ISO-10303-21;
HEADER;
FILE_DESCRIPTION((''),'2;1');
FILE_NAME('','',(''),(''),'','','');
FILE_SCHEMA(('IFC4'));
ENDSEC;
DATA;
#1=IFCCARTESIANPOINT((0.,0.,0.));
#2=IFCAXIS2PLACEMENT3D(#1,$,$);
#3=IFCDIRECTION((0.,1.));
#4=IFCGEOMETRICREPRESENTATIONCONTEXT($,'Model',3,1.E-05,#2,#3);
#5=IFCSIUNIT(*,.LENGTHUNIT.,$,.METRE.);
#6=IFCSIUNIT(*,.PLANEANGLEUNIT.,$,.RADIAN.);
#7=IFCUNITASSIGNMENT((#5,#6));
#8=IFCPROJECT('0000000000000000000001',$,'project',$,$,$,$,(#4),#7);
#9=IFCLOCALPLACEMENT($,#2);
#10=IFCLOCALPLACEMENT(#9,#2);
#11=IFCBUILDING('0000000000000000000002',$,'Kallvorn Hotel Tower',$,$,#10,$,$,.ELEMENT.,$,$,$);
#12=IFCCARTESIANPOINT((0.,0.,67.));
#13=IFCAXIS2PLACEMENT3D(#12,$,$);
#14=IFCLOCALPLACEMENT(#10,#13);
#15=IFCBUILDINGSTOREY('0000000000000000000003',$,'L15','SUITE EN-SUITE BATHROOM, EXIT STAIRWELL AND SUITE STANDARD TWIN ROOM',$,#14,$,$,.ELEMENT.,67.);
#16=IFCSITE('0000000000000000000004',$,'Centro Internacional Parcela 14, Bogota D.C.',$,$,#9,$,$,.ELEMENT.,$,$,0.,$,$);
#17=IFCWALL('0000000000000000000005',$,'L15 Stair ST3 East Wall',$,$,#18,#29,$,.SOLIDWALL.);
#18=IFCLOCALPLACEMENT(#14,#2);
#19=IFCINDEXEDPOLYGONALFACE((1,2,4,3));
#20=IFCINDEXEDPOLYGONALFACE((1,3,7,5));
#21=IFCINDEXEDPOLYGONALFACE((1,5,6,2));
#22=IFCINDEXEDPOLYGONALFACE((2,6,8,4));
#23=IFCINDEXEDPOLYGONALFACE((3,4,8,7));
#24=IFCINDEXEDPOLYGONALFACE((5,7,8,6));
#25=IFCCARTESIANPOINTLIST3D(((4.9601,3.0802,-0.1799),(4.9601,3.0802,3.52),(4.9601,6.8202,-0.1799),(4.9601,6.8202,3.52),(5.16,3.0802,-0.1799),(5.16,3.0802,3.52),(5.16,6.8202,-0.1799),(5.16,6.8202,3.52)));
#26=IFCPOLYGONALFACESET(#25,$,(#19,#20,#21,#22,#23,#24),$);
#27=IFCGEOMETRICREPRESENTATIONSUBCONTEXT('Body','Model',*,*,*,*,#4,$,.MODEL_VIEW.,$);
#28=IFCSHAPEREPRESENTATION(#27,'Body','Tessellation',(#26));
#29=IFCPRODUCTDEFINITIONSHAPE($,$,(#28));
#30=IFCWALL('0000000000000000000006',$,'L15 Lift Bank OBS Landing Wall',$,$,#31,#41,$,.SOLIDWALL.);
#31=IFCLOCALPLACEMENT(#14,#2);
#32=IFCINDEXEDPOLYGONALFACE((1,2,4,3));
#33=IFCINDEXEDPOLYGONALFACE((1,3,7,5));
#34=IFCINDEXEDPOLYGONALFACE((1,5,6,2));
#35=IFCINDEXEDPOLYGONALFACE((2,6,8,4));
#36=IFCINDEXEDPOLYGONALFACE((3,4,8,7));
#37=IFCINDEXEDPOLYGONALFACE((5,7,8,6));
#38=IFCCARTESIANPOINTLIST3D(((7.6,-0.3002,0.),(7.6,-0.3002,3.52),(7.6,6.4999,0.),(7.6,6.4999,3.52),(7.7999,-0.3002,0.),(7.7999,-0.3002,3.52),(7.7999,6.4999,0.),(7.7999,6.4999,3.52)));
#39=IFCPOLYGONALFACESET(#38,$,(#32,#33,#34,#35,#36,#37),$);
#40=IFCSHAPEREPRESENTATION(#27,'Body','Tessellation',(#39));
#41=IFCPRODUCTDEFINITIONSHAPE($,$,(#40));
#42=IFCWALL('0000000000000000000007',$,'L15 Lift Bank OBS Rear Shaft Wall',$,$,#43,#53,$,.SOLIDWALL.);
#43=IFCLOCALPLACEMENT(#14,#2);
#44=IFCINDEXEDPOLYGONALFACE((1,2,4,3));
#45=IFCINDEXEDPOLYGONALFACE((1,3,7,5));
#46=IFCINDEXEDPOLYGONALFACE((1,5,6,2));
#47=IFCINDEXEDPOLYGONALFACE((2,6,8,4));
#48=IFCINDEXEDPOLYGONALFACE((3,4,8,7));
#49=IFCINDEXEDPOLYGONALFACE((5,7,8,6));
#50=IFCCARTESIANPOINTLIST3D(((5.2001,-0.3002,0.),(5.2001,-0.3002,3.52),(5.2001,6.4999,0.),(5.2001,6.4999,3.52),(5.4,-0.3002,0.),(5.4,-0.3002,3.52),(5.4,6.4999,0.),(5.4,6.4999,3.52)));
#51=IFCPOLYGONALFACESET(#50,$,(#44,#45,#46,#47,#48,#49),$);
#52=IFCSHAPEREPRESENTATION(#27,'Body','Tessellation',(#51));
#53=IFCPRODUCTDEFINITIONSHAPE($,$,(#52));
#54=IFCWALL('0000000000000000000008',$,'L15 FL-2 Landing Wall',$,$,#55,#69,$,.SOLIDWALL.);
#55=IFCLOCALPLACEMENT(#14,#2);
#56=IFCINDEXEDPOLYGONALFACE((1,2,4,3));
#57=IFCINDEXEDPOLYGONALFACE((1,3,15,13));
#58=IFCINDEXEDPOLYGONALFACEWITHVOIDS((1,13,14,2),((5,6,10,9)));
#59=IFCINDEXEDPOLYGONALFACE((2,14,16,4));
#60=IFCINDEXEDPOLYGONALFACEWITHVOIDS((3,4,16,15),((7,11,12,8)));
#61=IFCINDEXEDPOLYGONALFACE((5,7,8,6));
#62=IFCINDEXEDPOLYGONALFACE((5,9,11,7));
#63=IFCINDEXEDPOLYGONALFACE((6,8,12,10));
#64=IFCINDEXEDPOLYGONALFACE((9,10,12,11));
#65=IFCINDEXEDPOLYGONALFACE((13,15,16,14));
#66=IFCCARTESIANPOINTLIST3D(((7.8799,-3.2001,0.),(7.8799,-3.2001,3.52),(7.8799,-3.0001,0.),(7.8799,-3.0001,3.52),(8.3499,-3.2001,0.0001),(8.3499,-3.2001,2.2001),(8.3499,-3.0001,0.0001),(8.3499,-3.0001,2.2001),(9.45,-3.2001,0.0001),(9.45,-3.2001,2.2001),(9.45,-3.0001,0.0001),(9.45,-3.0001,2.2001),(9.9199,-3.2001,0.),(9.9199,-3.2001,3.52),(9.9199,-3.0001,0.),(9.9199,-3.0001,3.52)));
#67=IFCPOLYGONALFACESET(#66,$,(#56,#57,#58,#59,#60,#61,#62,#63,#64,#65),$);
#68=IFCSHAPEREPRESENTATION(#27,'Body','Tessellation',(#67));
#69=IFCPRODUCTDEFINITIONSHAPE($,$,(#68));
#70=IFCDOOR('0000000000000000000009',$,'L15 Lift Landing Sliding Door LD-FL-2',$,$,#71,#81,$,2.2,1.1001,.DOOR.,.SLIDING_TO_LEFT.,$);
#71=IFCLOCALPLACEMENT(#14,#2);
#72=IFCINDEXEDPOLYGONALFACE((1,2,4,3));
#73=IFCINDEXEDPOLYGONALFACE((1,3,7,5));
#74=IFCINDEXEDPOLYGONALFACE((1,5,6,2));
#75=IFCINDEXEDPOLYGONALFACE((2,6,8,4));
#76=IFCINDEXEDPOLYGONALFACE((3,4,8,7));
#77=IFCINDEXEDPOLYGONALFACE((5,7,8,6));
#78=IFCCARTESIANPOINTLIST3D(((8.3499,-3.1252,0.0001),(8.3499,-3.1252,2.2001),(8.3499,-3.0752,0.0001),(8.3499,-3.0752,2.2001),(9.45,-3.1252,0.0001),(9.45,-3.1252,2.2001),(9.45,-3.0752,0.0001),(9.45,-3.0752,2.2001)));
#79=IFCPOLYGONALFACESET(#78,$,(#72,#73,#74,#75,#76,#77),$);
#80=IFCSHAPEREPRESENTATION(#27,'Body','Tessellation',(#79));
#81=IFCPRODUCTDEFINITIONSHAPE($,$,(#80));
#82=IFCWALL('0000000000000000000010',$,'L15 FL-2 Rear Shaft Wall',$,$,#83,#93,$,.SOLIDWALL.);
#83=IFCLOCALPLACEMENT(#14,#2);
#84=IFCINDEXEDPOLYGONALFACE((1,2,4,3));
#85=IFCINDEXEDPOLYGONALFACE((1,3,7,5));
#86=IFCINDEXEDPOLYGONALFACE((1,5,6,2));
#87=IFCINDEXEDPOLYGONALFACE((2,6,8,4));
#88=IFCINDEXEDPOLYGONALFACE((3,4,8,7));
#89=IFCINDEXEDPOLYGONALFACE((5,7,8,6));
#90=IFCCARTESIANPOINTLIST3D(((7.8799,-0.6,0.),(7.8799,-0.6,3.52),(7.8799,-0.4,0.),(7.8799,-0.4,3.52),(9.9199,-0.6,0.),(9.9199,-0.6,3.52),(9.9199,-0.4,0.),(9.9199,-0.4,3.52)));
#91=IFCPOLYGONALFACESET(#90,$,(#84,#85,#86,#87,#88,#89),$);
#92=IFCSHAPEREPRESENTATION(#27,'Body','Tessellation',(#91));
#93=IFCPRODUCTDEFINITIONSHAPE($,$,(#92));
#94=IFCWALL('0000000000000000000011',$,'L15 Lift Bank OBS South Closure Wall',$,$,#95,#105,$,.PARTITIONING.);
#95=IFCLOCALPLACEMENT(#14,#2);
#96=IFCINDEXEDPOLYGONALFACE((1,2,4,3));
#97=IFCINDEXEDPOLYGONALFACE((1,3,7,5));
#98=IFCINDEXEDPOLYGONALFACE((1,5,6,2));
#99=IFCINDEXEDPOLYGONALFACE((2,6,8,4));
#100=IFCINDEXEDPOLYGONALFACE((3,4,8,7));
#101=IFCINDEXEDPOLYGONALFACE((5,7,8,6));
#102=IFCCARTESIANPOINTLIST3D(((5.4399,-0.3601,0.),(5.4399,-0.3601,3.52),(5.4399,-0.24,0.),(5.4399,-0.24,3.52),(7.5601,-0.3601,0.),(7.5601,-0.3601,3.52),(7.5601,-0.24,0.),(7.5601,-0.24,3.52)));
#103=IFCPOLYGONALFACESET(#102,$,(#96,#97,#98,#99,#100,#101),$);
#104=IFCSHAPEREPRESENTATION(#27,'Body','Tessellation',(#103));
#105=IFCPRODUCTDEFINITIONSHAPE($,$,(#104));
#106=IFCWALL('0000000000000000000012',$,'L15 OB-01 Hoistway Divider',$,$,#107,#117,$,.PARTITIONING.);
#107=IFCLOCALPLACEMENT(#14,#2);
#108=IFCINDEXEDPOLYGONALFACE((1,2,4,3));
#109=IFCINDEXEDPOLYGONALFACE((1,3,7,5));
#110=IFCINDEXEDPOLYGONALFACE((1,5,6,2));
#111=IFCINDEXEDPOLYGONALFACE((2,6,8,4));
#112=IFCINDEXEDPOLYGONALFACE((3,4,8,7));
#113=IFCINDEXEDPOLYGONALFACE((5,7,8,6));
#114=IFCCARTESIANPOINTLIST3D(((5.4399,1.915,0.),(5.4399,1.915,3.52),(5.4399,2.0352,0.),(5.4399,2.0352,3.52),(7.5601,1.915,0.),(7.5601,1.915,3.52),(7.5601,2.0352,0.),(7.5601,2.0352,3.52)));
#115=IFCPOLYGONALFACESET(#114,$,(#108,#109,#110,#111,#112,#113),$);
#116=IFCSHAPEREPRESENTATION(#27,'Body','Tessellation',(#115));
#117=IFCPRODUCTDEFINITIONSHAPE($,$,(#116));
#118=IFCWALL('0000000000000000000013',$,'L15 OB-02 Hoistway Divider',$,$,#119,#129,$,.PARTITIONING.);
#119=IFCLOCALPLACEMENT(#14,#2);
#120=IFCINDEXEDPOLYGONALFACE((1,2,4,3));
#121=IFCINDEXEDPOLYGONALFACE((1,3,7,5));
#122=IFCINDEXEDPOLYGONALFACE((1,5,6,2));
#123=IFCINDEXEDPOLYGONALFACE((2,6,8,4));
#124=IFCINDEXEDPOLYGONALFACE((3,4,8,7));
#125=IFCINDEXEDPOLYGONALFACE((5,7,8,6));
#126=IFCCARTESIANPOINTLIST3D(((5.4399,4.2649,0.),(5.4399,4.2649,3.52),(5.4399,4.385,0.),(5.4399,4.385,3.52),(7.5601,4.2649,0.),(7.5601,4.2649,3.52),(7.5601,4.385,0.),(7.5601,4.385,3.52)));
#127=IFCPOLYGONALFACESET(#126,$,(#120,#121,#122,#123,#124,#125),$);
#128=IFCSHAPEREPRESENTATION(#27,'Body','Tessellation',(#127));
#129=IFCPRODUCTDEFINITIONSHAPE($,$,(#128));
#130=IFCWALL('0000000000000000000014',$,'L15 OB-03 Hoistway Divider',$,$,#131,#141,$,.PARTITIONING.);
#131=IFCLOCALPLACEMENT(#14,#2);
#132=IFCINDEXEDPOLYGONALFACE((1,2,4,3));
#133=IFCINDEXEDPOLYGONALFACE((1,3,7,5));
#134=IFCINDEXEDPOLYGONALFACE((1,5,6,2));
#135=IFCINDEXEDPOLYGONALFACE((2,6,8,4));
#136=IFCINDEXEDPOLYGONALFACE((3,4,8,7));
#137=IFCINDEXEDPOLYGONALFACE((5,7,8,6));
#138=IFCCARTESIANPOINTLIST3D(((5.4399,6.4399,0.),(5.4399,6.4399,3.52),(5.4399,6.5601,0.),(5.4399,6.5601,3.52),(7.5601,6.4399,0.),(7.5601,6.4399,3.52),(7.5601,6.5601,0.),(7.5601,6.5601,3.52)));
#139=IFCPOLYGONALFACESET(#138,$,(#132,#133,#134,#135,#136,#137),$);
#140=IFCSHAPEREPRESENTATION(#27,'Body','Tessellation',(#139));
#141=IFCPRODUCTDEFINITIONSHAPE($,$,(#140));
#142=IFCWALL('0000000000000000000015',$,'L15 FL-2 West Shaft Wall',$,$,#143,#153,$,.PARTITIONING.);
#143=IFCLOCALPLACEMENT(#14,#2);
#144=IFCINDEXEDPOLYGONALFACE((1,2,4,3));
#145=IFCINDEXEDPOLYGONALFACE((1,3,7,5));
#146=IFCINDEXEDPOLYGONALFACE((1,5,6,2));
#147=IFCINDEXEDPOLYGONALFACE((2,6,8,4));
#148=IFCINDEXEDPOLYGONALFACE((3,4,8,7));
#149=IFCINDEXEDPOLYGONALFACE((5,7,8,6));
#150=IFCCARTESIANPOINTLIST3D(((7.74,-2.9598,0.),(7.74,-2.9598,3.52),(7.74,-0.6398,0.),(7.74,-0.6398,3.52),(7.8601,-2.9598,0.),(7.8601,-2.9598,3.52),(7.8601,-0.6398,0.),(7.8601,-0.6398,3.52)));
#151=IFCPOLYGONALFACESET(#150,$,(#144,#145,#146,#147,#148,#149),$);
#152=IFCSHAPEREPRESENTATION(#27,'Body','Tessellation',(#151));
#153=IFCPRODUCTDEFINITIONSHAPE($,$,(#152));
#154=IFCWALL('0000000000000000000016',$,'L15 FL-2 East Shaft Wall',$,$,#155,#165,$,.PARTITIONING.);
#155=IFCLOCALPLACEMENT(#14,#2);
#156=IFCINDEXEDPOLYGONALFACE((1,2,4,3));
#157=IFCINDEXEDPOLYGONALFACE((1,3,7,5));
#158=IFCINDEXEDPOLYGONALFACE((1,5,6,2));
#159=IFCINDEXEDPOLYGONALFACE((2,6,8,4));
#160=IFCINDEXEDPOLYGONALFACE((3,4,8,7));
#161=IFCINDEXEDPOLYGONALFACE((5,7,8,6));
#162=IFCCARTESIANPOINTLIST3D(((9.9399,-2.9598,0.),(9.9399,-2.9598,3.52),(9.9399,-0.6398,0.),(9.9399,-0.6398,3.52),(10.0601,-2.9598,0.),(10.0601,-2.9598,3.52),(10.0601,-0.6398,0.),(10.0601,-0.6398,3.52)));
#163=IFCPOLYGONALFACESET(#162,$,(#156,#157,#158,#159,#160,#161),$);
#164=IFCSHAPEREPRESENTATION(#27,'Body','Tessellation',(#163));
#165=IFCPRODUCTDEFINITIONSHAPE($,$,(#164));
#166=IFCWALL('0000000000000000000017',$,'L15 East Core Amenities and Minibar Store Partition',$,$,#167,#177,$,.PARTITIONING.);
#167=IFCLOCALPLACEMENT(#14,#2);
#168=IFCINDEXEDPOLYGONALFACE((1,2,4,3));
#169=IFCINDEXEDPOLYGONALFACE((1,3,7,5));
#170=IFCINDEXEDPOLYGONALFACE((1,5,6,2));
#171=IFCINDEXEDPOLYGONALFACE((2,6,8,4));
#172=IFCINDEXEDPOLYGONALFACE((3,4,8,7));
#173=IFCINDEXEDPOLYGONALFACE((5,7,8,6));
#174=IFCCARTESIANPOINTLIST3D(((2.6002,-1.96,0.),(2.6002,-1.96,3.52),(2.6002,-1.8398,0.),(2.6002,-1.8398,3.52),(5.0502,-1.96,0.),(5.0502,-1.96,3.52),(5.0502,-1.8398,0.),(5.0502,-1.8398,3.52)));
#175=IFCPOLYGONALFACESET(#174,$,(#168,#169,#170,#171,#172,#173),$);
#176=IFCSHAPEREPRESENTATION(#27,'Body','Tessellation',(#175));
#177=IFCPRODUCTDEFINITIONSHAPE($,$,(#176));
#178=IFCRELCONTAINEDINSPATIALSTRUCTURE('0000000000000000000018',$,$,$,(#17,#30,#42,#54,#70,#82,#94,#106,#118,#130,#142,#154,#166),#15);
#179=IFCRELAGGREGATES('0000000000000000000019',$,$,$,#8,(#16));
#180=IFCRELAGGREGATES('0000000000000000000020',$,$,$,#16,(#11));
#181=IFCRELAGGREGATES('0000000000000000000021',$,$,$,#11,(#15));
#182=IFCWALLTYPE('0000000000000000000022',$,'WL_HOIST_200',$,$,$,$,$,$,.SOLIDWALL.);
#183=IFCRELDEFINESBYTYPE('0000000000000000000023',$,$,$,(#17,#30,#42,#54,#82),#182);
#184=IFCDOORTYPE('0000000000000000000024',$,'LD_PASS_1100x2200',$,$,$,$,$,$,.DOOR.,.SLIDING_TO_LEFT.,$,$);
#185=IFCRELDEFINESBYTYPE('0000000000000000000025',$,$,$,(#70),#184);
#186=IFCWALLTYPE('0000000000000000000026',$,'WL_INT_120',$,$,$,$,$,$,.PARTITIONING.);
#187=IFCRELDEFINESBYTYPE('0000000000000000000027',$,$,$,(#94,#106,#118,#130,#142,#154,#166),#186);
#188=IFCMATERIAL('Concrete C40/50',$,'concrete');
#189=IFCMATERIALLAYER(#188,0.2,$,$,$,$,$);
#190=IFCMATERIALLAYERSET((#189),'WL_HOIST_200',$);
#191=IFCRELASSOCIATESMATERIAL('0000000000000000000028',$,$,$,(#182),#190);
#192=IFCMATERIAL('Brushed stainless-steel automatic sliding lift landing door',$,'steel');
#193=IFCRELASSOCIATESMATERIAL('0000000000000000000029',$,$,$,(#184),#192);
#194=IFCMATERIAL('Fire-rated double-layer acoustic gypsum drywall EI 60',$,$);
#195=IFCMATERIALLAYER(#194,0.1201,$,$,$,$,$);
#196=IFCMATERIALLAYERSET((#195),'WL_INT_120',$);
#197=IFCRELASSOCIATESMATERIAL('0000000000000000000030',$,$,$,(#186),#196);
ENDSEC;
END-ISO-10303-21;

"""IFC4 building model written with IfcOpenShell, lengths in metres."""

from ifc_helpers import new_model, si_unit, direction, frame, frame_2d, origin, place, context, subcontext, project, spatial, rectangle, extrude, material, layer, layer_set, type_object, element, fill, save


model = new_model("IFC4")

# Units and contexts
model_context = context("Model", 3, precision=1e-05, world=origin(), true_north=direction((0.0, 1.0)))
body_context = subcontext(model_context, "Body", "Model", "MODEL_VIEW")
ifc_project = project(units=[si_unit("LENGTHUNIT", "METRE"), si_unit("PLANEANGLEUNIT", "RADIAN")], contexts=[model_context])

# Site, building, storey
site_placement = place(None, origin())
site = spatial("IfcSite", under=ifc_project, at=site_placement, Name="Centro Internacional Parcela 14, Bogota D.C.", CompositionType="ELEMENT", RefElevation=0.0)
building_placement = place(site_placement, origin())
building = spatial("IfcBuilding", under=site, at=building_placement, Name="Kallvorn Hotel Tower", CompositionType="ELEMENT")
storey_placement = place(building_placement, frame((0.0, 0.0, 67.0)))
storey = spatial("IfcBuildingStorey", under=building, at=storey_placement, Name="L15", Description="SUITE EN-SUITE BATHROOM, EXIT STAIRWELL AND SUITE STANDARD TWIN ROOM", CompositionType="ELEMENT", Elevation=67.0)

# Walls
ifc_material_1 = material(Name="Concrete C40/50", Category="concrete")
ifc_layer_1 = layer(ifc_material_1, 0.2)
ifc_layer_set_1 = layer_set([ifc_layer_1], Name="WL_HOIST_200")
wall_type_1 = type_object("IfcWallType", Name="WL_HOIST_200", PredefinedType="SOLIDWALL", material=ifc_layer_set_1)
wall_1_placement = place(storey_placement, frame((5.0601, 3.0801, -0.1799), z_axis=(0.0, 0.0, 1.0), x_axis=(0.0, 1.0, 0.0)))
element("IfcWall", 1, at=wall_1_placement, inside=storey, type_object=wall_type_1, Name="L15 Stair ST3 East Wall", PredefinedType="SOLIDWALL", context=body_context, shape_type="SweptSolid", body=[
    extrude(rectangle(XDim=3.74, YDim=0.2, at=frame_2d((1.8701, 0.0))), origin(), (0.0, 0.0, 1.0), 3.7),
])
for number, where, z_axis, x_axis, name in (
    (2, (7.7, -0.3, 0.0), (0.0, 0.0, 1.0), (0.0, 1.0, 0.0), "L15 Lift Bank OBS Landing Wall"),
    (3, (5.3, -0.3, 0.0), (0.0, 0.0, 1.0), (0.0, 1.0, 0.0), "L15 Lift Bank OBS Rear Shaft Wall"),
):
    element("IfcWall", number, at=place(storey_placement, frame(where, z_axis=z_axis, x_axis=x_axis)), inside=storey, type_object=wall_type_1, Name=name, PredefinedType="SOLIDWALL", context=body_context, shape_type="SweptSolid", body=[
        extrude(rectangle(XDim=6.8, YDim=0.2, at=frame_2d((3.3999, 0.0))), origin(), (0.0, 0.0, 1.0), 3.52),
    ])

# Wall, opening, door
wall_2_placement = place(storey_placement, frame((7.8799, -3.1001, 0.0), z_axis=(0.0, 0.0, 1.0), x_axis=(1.0, 0.0, 0.0)))
wall_2 = element("IfcWall", 4, at=wall_2_placement, inside=storey, type_object=wall_type_1, Name="L15 FL-2 Landing Wall", PredefinedType="SOLIDWALL", context=body_context, shape_type="SweptSolid", body=[
    extrude(rectangle(XDim=2.04, YDim=0.2, at=frame_2d((1.02, 0.0))), origin(), (0.0, 0.0, 1.0), 3.52),
])
opening_1_placement = place(wall_2_placement, frame((0.47, 0.0, 0.0)))
opening_1 = element("IfcOpeningElement", 5, at=opening_1_placement, cuts=wall_2, PredefinedType="OPENING", context=body_context, shape_type="SweptSolid", body=[
    extrude(rectangle(XDim=1.1001, YDim=2.2, at=frame_2d((0.55, 1.1001))), frame((0.0, 0.115, 0.0), z_axis=(0.0, -1.0, 0.0), x_axis=(1.0, 0.0, 0.0)), (0.0, 0.0, 1.0), 0.23),
])
ifc_material_2 = material(Name="Brushed stainless-steel automatic sliding lift landing door", Category="steel")
door_type_1 = type_object("IfcDoorType", Name="LD_PASS_1100x2200", OperationType="SLIDING_TO_LEFT", PredefinedType="DOOR", material=ifc_material_2)
door_1_placement = place(opening_1_placement, origin())
door_1 = element("IfcDoor", 6, at=door_1_placement, inside=storey, type_object=door_type_1, Name="L15 Lift Landing Sliding Door LD-FL-2", OperationType="SLIDING_TO_LEFT", OverallHeight=2.2, OverallWidth=1.1001, PredefinedType="DOOR", context=body_context, shape_type="SweptSolid", body=[
    extrude(rectangle(XDim=1.1001, YDim=2.2, at=frame_2d((0.55, 1.1001))), frame((0.0, 0.0249, 0.0), z_axis=(0.0, -1.0, 0.0), x_axis=(1.0, 0.0, 0.0)), (0.0, 0.0, 1.0), 0.05),
])
fill(opening_1, door_1)

# Walls
wall_3_placement = place(storey_placement, frame((7.8799, -0.5, 0.0), z_axis=(0.0, 0.0, 1.0), x_axis=(1.0, 0.0, 0.0)))
element("IfcWall", 7, at=wall_3_placement, inside=storey, type_object=wall_type_1, Name="L15 FL-2 Rear Shaft Wall", PredefinedType="SOLIDWALL", context=body_context, shape_type="SweptSolid", body=[
    extrude(rectangle(XDim=2.04, YDim=0.2, at=frame_2d((1.02, 0.0))), origin(), (0.0, 0.0, 1.0), 3.52),
])
ifc_material_3 = material(Name="Fire-rated double-layer acoustic gypsum drywall EI 60")
ifc_layer_2 = layer(ifc_material_3, 0.1201)
ifc_layer_set_2 = layer_set([ifc_layer_2], Name="WL_INT_120")
wall_type_2 = type_object("IfcWallType", Name="WL_INT_120", PredefinedType="PARTITIONING", material=ifc_layer_set_2)
for number, where, z_axis, x_axis, name in (
    (8, (5.4399, -0.3, 0.0), (0.0, 0.0, 1.0), (1.0, 0.0, 0.0), "L15 Lift Bank OBS South Closure Wall"),
    (9, (5.4399, 1.9751, 0.0), (0.0, 0.0, 1.0), (1.0, 0.0, 0.0), "L15 OB-01 Hoistway Divider"),
    (10, (5.4399, 4.325, 0.0), (0.0, 0.0, 1.0), (1.0, 0.0, 0.0), "L15 OB-02 Hoistway Divider"),
    (11, (5.4399, 6.5, 0.0), (0.0, 0.0, 1.0), (1.0, 0.0, 0.0), "L15 OB-03 Hoistway Divider"),
):
    element("IfcWall", number, at=place(storey_placement, frame(where, z_axis=z_axis, x_axis=x_axis)), inside=storey, type_object=wall_type_2, Name=name, PredefinedType="PARTITIONING", context=body_context, shape_type="SweptSolid", body=[
        extrude(rectangle(XDim=2.1201, YDim=0.1201, at=frame_2d((1.0601, 0.0))), origin(), (0.0, 0.0, 1.0), 3.52),
    ])
for number, where, z_axis, x_axis, name in (
    (12, (7.8, -2.96, 0.0), (0.0, 0.0, 1.0), (0.0, 1.0, 0.0), "L15 FL-2 West Shaft Wall"),
    (13, (10.0, -2.96, 0.0), (0.0, 0.0, 1.0), (0.0, 1.0, 0.0), "L15 FL-2 East Shaft Wall"),
):
    element("IfcWall", number, at=place(storey_placement, frame(where, z_axis=z_axis, x_axis=x_axis)), inside=storey, type_object=wall_type_2, Name=name, PredefinedType="PARTITIONING", context=body_context, shape_type="SweptSolid", body=[
        extrude(rectangle(XDim=2.3201, YDim=0.1201, at=frame_2d((1.1602, 0.0))), origin(), (0.0, 0.0, 1.0), 3.52),
    ])
wall_4_placement = place(storey_placement, frame((2.6001, -1.8999, 0.0), z_axis=(0.0, 0.0, 1.0), x_axis=(1.0, 0.0, 0.0)))
element("IfcWall", 14, at=wall_4_placement, inside=storey, type_object=wall_type_2, Name="L15 East Core Amenities and Minibar Store Partition", PredefinedType="PARTITIONING", context=body_context, shape_type="SweptSolid", body=[
    extrude(rectangle(XDim=2.45, YDim=0.1201, at=frame_2d((1.2251, 0.0))), origin(), (0.0, 0.0, 1.0), 3.52),
])

save(model, "model.ifc")
